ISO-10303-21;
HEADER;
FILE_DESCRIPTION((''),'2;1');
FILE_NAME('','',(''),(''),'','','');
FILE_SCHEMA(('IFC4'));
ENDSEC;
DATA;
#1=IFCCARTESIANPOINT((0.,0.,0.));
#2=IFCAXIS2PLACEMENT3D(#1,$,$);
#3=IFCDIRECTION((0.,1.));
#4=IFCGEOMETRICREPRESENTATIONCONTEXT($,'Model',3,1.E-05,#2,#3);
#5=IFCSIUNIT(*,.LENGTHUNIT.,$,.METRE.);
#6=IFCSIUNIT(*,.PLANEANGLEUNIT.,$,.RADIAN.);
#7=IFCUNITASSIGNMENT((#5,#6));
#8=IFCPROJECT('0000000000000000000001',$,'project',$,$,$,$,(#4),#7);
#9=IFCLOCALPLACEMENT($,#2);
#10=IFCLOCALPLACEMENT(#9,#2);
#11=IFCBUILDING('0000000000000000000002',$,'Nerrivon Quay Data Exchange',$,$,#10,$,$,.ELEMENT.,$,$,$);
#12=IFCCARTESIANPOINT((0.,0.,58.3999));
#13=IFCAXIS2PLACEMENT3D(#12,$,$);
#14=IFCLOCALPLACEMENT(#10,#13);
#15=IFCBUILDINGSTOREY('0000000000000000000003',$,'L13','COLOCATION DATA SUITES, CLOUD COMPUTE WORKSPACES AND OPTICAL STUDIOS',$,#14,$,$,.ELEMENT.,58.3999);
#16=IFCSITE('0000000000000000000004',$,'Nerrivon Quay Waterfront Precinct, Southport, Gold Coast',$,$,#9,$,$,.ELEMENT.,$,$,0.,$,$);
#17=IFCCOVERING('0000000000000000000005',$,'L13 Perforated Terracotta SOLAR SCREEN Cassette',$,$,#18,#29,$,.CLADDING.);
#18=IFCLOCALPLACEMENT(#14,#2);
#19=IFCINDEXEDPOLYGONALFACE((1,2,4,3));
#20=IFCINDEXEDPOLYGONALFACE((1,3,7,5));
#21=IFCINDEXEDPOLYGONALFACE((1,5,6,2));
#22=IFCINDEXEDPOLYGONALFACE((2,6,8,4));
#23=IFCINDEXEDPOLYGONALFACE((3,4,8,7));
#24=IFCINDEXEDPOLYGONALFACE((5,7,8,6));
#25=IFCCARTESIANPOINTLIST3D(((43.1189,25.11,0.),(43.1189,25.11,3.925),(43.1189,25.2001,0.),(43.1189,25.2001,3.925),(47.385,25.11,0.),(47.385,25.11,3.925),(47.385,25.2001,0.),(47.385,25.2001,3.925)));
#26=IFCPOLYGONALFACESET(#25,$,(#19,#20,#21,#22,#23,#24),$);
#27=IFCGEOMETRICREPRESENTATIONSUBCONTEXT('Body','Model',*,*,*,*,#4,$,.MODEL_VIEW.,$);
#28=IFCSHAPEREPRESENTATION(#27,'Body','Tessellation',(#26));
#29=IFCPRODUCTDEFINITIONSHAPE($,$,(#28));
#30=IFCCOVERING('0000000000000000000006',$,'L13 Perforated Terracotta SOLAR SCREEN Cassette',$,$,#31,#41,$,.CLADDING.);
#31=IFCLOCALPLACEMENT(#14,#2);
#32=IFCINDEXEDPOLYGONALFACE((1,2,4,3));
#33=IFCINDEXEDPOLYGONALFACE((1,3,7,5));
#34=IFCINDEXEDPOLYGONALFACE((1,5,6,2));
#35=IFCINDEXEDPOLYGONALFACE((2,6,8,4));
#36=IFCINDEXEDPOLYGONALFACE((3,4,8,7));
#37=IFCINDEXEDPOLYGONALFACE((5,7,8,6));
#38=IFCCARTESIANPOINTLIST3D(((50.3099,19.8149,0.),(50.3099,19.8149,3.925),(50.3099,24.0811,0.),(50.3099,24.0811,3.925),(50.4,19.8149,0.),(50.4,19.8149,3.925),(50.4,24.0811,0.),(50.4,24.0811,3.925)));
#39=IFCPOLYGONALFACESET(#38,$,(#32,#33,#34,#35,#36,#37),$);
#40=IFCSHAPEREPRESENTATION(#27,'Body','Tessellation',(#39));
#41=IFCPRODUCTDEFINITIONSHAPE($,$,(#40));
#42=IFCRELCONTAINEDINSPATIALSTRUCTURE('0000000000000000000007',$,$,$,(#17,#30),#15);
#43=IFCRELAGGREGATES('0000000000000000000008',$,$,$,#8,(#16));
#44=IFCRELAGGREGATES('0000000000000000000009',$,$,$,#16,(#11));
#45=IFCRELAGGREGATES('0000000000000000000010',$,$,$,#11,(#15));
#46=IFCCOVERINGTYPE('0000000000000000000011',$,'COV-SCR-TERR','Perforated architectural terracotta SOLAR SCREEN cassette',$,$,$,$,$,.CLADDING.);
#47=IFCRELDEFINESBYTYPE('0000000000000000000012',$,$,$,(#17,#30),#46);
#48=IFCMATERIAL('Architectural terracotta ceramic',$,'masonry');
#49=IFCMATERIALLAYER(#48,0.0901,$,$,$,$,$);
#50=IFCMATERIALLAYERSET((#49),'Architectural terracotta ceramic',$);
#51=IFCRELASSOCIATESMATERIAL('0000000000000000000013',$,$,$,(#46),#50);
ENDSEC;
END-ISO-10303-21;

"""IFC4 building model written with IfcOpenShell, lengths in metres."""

from ifc_helpers import new_model, si_unit, direction, frame, origin, origin_2d, place, context, subcontext, project, spatial, rectangle, extrude, material, layer, layer_set, type_object, element, save


model = new_model("IFC4")

# Units and contexts
model_context = context("Model", 3, precision=1e-05, world=origin(), true_north=direction((0.0, 1.0)))
body_context = subcontext(model_context, "Body", "Model", "MODEL_VIEW")
ifc_project = project(units=[si_unit("LENGTHUNIT", "METRE"), si_unit("PLANEANGLEUNIT", "RADIAN")], contexts=[model_context])

# Site, building, storey
site_placement = place(None, origin())
site = spatial("IfcSite", under=ifc_project, at=site_placement, Name="Nerrivon Quay Waterfront Precinct, Southport, Gold Coast", CompositionType="ELEMENT", RefElevation=0.0)
building_placement = place(site_placement, origin())
building = spatial("IfcBuilding", under=site, at=building_placement, Name="Nerrivon Quay Data Exchange", CompositionType="ELEMENT")
storey_placement = place(building_placement, frame((0.0, 0.0, 58.3999)))
storey = spatial("IfcBuildingStorey", under=building, at=storey_placement, Name="L13", Description="COLOCATION DATA SUITES, CLOUD COMPUTE WORKSPACES AND OPTICAL STUDIOS", CompositionType="ELEMENT", Elevation=58.3999)

# Coverings
ifc_material_1 = material(Name="Architectural terracotta ceramic", Category="masonry")
ifc_layer_1 = layer(ifc_material_1, 0.0901)
ifc_layer_set_1 = layer_set([ifc_layer_1], Name="Architectural terracotta ceramic")
covering_type = type_object("IfcCoveringType", Name="COV-SCR-TERR", Description="Perforated architectural terracotta SOLAR SCREEN cassette", PredefinedType="CLADDING", material=ifc_layer_set_1)
for number, where, z_axis, x_axis, name in (
    (1, (45.252, 25.155, 0.0), (0.0, 0.0, 1.0), (1.0, 0.0, 0.0), "L13 Perforated Terracotta SOLAR SCREEN Cassette"),
    (2, (50.355, 21.948, 0.0), (0.0, 0.0, 1.0), (0.0, -1.0, 0.0), "L13 Perforated Terracotta SOLAR SCREEN Cassette"),
):
    element("IfcCovering", number, at=place(storey_placement, frame(where, z_axis=z_axis, x_axis=x_axis)), inside=storey, type_object=covering_type, Name=name, PredefinedType="CLADDING", context=body_context, shape_type="SweptSolid", body=[
        extrude(rectangle(XDim=4.2661, YDim=0.0901, at=origin_2d()), origin(), (0.0, 0.0, 1.0), 3.925),
    ])

save(model, "model.ifc")
